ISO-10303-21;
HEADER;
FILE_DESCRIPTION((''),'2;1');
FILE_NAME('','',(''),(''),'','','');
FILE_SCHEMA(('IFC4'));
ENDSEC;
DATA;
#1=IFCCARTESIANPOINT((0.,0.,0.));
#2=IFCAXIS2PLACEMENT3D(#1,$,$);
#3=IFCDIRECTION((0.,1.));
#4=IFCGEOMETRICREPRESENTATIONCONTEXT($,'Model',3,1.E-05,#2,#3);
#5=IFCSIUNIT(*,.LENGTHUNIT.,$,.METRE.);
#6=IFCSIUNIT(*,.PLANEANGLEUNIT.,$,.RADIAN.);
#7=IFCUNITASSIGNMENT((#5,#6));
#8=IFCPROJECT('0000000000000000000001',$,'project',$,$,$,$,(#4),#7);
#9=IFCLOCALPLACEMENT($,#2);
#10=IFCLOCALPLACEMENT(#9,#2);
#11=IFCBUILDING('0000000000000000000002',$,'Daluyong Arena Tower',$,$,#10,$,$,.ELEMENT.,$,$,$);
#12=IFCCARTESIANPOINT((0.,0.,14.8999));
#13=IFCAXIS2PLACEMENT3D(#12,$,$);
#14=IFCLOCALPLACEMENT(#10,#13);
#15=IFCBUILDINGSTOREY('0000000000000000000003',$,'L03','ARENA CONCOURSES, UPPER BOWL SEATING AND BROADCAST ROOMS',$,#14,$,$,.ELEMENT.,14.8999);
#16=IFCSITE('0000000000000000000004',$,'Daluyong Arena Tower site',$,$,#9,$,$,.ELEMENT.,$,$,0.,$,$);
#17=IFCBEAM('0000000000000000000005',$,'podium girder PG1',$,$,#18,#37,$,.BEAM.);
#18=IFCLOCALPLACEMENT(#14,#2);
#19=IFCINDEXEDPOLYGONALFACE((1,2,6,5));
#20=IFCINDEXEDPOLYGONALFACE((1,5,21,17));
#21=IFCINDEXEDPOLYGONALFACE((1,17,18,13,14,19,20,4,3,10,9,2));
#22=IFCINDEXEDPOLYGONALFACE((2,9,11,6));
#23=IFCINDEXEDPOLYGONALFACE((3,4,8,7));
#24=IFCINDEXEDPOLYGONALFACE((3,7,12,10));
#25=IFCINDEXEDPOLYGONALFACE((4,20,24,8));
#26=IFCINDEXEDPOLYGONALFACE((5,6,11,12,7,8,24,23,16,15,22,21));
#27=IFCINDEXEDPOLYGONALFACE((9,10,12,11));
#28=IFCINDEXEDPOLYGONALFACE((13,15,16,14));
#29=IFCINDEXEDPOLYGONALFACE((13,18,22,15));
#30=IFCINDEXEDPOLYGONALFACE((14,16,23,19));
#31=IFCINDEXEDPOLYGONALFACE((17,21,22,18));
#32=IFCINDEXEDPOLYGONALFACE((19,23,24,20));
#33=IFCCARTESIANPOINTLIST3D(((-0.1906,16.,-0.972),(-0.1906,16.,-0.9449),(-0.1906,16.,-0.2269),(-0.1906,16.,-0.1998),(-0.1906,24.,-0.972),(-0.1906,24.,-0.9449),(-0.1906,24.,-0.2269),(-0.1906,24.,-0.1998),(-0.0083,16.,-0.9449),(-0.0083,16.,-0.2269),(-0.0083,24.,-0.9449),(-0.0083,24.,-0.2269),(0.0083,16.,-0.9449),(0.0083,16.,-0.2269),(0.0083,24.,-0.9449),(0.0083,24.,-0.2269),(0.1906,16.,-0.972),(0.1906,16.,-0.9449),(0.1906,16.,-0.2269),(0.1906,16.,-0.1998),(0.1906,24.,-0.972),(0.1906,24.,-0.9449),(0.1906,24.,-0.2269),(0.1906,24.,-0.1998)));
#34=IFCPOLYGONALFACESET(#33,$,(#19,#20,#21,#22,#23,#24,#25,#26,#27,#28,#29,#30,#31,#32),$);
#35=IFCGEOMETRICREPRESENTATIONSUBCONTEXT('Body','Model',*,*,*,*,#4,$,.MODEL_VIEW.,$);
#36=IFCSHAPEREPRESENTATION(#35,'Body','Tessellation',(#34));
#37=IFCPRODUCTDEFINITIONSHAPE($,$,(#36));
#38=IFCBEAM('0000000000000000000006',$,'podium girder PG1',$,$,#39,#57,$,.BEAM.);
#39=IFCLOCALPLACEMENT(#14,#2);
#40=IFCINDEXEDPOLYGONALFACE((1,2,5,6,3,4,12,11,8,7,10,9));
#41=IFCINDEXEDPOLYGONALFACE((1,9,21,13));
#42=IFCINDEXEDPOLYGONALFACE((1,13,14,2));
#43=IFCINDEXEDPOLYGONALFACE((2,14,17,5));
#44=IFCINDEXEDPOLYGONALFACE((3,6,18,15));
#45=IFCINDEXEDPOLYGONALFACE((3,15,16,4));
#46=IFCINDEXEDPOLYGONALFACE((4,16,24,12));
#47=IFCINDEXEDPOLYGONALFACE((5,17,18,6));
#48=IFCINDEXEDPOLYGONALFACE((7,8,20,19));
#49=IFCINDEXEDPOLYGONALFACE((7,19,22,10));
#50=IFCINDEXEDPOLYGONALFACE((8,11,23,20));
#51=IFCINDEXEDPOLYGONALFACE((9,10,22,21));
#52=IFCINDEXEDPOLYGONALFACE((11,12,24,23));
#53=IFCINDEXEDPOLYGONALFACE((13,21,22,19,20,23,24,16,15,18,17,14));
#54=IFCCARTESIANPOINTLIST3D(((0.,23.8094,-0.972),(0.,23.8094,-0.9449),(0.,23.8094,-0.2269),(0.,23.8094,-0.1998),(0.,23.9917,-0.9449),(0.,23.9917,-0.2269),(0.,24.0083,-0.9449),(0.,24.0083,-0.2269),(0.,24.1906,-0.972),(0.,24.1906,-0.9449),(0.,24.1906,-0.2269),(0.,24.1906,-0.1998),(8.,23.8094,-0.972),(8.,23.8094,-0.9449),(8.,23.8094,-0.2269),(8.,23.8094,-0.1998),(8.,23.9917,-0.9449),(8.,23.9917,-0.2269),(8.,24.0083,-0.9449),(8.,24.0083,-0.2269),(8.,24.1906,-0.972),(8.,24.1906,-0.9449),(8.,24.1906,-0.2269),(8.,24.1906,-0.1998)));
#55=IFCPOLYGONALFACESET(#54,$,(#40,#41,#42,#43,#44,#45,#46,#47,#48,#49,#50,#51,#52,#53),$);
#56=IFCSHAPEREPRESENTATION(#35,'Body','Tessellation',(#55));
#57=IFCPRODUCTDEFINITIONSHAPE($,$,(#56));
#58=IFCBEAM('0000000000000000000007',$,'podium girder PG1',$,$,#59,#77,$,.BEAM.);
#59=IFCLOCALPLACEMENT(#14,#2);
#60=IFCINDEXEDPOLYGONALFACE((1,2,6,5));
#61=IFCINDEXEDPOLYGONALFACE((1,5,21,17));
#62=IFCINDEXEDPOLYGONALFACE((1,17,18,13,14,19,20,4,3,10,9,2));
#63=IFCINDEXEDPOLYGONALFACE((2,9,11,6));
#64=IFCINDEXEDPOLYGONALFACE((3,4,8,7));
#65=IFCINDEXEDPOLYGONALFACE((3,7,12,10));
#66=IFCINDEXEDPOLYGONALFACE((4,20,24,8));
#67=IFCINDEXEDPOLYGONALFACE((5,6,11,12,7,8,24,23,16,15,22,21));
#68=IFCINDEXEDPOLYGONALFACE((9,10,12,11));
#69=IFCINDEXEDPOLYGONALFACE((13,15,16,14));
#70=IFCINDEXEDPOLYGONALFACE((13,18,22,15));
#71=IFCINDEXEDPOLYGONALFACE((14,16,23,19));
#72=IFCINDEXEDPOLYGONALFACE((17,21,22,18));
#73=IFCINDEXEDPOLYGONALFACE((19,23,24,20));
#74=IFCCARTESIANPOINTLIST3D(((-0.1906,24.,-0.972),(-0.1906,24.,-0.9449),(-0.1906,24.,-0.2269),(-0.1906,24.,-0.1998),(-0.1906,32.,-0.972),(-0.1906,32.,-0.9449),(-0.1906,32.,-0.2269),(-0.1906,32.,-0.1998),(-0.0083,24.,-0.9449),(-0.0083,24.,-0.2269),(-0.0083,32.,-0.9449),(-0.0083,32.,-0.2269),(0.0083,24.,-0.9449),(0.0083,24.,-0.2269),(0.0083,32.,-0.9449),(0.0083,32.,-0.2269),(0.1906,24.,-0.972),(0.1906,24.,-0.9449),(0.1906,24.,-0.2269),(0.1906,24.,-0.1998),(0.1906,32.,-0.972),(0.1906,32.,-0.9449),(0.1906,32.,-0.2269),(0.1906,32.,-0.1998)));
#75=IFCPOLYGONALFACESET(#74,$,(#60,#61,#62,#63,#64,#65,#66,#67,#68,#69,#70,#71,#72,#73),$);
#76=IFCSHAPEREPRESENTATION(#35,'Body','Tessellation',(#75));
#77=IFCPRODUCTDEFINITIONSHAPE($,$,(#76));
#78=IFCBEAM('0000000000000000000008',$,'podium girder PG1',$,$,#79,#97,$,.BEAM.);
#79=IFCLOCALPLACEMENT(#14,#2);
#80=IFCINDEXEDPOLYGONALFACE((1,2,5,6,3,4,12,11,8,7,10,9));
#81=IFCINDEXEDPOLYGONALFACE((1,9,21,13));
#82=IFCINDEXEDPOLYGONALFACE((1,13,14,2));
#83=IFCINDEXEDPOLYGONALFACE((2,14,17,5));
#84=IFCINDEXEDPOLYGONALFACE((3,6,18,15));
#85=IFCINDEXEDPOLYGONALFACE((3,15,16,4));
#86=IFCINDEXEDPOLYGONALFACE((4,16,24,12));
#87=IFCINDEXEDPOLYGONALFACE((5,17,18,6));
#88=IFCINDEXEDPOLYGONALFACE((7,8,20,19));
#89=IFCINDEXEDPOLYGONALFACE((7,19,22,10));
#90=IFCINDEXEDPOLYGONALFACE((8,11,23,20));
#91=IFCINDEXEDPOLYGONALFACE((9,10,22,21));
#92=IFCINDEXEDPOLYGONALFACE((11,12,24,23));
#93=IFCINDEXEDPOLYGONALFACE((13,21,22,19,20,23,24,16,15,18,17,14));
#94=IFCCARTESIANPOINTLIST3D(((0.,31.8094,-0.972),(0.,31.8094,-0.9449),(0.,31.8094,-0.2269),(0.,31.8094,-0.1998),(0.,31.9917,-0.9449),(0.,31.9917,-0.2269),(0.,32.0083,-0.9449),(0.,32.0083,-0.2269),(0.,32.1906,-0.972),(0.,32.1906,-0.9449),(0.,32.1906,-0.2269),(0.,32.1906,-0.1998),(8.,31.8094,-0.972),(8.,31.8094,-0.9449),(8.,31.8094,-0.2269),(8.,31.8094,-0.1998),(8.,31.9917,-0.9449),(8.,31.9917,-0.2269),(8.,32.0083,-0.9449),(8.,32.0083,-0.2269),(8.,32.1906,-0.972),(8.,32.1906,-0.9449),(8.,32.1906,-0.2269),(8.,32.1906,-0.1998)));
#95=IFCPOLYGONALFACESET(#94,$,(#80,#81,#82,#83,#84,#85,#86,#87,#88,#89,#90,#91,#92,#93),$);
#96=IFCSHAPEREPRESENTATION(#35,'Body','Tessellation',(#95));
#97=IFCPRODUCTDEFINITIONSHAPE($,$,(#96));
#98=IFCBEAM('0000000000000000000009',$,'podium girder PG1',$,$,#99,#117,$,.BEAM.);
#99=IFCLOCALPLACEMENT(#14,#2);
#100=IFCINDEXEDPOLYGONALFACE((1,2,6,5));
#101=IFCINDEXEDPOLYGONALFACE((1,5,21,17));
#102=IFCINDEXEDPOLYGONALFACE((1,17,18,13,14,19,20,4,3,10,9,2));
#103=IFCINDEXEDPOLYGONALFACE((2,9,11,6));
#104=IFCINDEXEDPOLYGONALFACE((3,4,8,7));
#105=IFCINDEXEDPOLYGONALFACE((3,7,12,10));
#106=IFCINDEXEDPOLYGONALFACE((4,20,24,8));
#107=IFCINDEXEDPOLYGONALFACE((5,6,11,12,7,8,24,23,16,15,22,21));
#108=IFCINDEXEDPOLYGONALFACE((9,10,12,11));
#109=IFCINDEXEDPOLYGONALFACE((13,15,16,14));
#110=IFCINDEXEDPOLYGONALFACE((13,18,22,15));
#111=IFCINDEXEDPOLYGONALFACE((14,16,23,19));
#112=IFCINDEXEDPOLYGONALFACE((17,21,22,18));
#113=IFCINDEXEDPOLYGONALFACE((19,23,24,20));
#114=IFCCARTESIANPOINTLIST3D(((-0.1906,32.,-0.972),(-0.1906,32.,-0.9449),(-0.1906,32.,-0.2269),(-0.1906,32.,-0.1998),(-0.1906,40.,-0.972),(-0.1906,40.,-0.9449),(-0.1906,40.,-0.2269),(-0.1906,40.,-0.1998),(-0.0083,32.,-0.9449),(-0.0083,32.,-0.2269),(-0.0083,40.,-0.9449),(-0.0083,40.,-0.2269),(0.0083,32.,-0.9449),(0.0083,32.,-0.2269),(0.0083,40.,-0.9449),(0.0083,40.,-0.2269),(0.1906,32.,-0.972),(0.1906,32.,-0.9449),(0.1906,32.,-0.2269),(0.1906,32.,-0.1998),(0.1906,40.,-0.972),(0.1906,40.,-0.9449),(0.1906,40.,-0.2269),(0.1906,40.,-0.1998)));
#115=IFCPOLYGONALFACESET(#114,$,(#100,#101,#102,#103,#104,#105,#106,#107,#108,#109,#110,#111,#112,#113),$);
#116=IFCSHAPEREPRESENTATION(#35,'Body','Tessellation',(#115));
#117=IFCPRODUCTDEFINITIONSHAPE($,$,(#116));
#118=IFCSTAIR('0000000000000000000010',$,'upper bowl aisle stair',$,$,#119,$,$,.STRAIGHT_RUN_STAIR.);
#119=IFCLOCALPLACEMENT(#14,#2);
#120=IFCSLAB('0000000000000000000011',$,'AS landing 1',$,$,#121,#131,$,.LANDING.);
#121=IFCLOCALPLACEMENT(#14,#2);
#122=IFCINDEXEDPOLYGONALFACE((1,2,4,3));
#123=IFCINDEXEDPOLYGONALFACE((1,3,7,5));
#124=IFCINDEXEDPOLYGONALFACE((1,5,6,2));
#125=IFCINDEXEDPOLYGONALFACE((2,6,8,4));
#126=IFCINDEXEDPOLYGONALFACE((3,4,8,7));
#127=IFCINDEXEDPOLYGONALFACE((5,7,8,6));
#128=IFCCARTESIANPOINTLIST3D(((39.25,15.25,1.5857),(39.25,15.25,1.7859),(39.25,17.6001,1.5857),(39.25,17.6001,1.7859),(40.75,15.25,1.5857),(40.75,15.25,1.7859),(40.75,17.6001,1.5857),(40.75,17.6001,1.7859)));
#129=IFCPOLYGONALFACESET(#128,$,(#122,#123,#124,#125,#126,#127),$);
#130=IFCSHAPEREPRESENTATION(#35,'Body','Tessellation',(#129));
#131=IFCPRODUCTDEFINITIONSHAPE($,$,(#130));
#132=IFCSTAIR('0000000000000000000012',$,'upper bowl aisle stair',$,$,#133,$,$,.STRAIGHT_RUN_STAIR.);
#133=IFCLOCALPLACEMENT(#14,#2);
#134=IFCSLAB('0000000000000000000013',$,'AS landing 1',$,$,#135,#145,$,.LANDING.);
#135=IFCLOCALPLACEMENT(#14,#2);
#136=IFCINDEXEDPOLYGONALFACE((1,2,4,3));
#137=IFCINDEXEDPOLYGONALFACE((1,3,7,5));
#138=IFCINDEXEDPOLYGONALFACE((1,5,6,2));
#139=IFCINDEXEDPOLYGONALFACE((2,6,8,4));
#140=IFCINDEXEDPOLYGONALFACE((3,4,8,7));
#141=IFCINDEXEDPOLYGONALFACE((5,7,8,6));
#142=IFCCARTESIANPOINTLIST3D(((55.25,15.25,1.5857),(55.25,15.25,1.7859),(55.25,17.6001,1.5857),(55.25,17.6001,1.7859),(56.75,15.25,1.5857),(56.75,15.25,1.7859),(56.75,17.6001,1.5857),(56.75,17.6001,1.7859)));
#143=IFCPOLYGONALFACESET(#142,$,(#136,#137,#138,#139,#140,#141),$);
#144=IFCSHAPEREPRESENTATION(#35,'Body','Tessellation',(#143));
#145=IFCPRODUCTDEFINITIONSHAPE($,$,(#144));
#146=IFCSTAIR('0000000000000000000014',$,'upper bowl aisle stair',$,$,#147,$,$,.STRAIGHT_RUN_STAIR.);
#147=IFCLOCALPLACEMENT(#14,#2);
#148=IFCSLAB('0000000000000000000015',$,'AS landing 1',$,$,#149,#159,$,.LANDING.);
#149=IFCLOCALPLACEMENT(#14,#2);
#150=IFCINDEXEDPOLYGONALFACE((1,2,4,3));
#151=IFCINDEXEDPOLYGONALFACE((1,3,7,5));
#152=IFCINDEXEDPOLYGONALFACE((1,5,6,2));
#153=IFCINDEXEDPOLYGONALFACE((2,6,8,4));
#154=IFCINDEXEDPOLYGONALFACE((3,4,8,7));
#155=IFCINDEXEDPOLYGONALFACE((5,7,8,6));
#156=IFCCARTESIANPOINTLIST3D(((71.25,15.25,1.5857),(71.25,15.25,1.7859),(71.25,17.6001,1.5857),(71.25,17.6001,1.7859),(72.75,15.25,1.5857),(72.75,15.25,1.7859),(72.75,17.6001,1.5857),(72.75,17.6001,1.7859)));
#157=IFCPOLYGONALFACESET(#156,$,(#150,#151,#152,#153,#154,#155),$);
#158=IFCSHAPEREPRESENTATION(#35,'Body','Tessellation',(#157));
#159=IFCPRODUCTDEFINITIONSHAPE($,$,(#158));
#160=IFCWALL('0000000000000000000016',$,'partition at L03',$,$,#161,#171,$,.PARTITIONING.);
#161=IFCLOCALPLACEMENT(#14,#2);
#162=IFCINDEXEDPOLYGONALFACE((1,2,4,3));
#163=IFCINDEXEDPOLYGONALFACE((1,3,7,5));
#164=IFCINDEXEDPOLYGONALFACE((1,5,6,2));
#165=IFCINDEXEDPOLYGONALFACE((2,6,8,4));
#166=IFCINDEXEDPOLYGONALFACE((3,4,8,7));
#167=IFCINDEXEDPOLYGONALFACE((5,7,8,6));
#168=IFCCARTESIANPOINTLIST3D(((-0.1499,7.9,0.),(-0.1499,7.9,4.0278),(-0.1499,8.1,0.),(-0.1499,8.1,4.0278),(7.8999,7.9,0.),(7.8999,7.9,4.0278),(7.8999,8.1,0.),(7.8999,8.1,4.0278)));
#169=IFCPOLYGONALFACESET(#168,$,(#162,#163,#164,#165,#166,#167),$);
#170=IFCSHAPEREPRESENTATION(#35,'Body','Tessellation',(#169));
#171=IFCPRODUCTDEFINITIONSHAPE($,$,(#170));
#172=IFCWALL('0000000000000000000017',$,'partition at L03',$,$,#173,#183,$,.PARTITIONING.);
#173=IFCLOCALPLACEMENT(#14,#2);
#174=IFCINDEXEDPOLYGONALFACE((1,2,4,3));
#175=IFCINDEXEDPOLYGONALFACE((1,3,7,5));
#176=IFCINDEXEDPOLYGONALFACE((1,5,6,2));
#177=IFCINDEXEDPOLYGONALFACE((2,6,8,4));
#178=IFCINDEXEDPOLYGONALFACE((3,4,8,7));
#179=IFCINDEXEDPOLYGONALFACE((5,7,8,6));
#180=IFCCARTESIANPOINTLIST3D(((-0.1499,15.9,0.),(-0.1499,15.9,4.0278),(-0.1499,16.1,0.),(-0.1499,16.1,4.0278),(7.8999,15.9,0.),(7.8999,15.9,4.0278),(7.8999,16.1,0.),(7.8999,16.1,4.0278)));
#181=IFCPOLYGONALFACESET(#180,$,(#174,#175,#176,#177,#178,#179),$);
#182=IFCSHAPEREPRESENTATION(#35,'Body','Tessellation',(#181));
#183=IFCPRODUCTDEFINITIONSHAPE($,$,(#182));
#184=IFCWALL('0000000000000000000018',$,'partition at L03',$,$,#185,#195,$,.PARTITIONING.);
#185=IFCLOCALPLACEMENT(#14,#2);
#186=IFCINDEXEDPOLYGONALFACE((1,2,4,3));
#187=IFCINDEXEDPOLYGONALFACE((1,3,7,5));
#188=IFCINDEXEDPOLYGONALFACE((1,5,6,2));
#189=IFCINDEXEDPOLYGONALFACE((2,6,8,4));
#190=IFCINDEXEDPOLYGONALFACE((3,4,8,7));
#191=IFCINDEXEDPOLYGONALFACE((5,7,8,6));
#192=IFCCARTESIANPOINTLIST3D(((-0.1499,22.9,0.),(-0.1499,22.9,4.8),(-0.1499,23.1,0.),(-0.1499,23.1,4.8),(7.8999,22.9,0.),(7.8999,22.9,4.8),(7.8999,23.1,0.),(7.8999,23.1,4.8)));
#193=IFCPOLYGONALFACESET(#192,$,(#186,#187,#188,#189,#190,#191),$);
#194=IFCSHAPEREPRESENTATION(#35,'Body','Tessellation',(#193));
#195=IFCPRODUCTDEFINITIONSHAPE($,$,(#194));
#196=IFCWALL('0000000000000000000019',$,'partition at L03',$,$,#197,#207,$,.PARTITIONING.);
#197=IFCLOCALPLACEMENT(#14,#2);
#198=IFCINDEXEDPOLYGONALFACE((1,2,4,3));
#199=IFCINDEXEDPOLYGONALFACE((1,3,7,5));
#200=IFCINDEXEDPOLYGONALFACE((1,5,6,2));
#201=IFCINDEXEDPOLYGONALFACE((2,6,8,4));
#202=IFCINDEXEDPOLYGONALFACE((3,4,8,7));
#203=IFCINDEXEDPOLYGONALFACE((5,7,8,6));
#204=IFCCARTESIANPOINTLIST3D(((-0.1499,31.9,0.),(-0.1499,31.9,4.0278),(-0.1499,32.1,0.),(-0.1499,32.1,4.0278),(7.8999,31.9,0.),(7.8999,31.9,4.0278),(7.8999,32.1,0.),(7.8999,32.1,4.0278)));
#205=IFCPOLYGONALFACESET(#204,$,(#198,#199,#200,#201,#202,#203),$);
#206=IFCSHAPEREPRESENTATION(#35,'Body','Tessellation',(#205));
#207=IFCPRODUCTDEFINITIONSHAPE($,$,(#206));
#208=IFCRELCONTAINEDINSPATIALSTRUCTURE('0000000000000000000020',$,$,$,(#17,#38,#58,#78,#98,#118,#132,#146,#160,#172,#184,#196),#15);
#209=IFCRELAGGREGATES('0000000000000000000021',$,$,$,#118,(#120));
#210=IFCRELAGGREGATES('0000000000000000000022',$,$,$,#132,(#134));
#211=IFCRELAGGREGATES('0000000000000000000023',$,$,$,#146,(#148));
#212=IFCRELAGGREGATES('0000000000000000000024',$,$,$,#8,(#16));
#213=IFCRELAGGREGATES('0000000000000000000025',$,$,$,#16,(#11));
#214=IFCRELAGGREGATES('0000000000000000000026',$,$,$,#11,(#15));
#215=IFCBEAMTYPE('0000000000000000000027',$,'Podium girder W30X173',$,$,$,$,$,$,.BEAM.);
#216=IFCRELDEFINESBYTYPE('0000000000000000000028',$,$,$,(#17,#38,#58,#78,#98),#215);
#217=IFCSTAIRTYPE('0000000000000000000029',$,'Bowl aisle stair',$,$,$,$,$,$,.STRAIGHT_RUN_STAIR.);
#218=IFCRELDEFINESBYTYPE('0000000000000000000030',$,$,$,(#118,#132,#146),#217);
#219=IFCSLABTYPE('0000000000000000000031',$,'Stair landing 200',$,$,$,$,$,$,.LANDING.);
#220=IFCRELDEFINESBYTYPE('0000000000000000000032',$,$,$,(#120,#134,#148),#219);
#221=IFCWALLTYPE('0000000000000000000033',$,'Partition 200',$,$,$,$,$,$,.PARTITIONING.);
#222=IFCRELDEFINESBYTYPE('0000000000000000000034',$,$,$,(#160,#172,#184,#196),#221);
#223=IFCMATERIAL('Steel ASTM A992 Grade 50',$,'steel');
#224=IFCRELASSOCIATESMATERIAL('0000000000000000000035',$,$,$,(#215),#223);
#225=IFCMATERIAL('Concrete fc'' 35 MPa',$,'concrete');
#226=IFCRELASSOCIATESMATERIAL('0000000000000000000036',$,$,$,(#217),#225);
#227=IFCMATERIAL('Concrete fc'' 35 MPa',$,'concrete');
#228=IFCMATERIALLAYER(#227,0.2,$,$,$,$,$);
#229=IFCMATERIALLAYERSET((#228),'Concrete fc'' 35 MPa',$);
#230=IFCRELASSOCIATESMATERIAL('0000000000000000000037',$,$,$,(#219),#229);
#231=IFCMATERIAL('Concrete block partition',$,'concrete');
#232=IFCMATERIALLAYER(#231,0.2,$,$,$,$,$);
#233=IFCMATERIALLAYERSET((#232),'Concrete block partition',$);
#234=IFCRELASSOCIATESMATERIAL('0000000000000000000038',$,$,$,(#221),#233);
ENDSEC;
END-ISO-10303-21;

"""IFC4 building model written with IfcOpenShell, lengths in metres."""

from ifc_helpers import new_model, si_unit, direction, frame, frame_2d, origin, origin_2d, place, context, subcontext, project, spatial, polyline, rectangle, i_section, outline, extrude, material, layer, layer_set, material_profile, profile_set, type_object, element, aggregate, save


model = new_model("IFC4")

# Units and contexts
model_context = context("Model", 3, precision=1e-05, world=origin(), true_north=direction((0.0, 1.0)))
body_context = subcontext(model_context, "Body", "Model", "MODEL_VIEW")
ifc_project = project(units=[si_unit("LENGTHUNIT", "METRE"), si_unit("PLANEANGLEUNIT", "RADIAN")], contexts=[model_context])

# Site, building, storey
site_placement = place(None, origin())
site = spatial("IfcSite", under=ifc_project, at=site_placement, Name="Daluyong Arena Tower site", CompositionType="ELEMENT", RefElevation=0.0)
building_placement = place(site_placement, origin())
building = spatial("IfcBuilding", under=site, at=building_placement, Name="Daluyong Arena Tower", CompositionType="ELEMENT")
storey_placement = place(building_placement, frame((0.0, 0.0, 14.8999)))
storey = spatial("IfcBuildingStorey", under=building, at=storey_placement, Name="L03", Description="ARENA CONCOURSES, UPPER BOWL SEATING AND BROADCAST ROOMS", CompositionType="ELEMENT", Elevation=14.8999)

# Beams
ifc_material_1 = material(Name="Steel ASTM A992 Grade 50", Category="steel")
ifc_material_profile_1 = material_profile(ifc_material_1, i_section(OverallWidth=0.3811, OverallDepth=0.7722, WebThickness=0.0166, FlangeThickness=0.0271, at=origin_2d()))
ifc_profile_set_1 = profile_set([ifc_material_profile_1], Name="Steel ASTM A992 Grade 50")
beam_type_1 = type_object("IfcBeamType", Name="Podium girder W30X173", PredefinedType="BEAM", material=ifc_profile_set_1)
for number, where, z_axis, x_axis, name in (
    (1, (0.0, 16.0, -0.5859), (0.0, 1.0, 0.0), (-1.0, 0.0, 0.0), "podium girder PG1"),
    (2, (0.0, 24.0, -0.5859), (1.0, 0.0, 0.0), (0.0, 1.0, 0.0), "podium girder PG1"),
    (3, (0.0, 24.0, -0.5859), (0.0, 1.0, 0.0), (-1.0, 0.0, 0.0), "podium girder PG1"),
    (4, (0.0, 32.0, -0.5859), (1.0, 0.0, 0.0), (0.0, 1.0, 0.0), "podium girder PG1"),
    (5, (0.0, 32.0, -0.5859), (0.0, 1.0, 0.0), (-1.0, 0.0, 0.0), "podium girder PG1"),
):
    element("IfcBeam", number, at=place(storey_placement, frame(where, z_axis=z_axis, x_axis=x_axis)), inside=storey, type_object=beam_type_1, Name=name, PredefinedType="BEAM", context=body_context, shape_type="SweptSolid", body=[
        extrude(i_section(OverallWidth=0.3811, OverallDepth=0.7722, WebThickness=0.0166, FlangeThickness=0.0271, at=origin_2d()), origin(), (0.0, 0.0, 1.0), 8.0),
    ])

# Stairs, slabs
ifc_material_2 = material(Name="Concrete fc' 35 MPa", Category="concrete")
stair_type = type_object("IfcStairType", Name="Bowl aisle stair", PredefinedType="STRAIGHT_RUN_STAIR", material=ifc_material_2)
stair_1_placement = place(storey_placement, origin())
stair_1 = element("IfcStair", 6, at=stair_1_placement, inside=storey, type_object=stair_type, Name="upper bowl aisle stair", PredefinedType="STRAIGHT_RUN_STAIR")
ifc_material_3 = material(Name="Concrete fc' 35 MPa", Category="concrete")
ifc_layer_1 = layer(ifc_material_3, 0.2)
ifc_layer_set_1 = layer_set([ifc_layer_1], Name="Concrete fc' 35 MPa")
slab_type = type_object("IfcSlabType", Name="Stair landing 200", PredefinedType="LANDING", material=ifc_layer_set_1)
slab_1_placement = place(storey_placement, frame((0.0, 0.0, 1.5857)))
slab_1 = element("IfcSlab", 7, at=slab_1_placement, type_object=slab_type, Name="AS landing 1", PredefinedType="LANDING", context=body_context, shape_type="SweptSolid", body=[
    extrude(outline(polyline([(39.25, 15.25), (40.75, 15.25), (40.75, 17.6001), (39.25, 17.6001), (39.25, 15.25)])), origin(), (0.0, 0.0, 1.0), 0.2002),
])
aggregate(stair_1, [slab_1])
stair_2_placement = place(storey_placement, origin())
stair_2 = element("IfcStair", 8, at=stair_2_placement, inside=storey, type_object=stair_type, Name="upper bowl aisle stair", PredefinedType="STRAIGHT_RUN_STAIR")
slab_2_placement = place(storey_placement, frame((0.0, 0.0, 1.5857)))
slab_2 = element("IfcSlab", 9, at=slab_2_placement, type_object=slab_type, Name="AS landing 1", PredefinedType="LANDING", context=body_context, shape_type="SweptSolid", body=[
    extrude(outline(polyline([(55.25, 15.25), (56.75, 15.25), (56.75, 17.6001), (55.25, 17.6001), (55.25, 15.25)])), origin(), (0.0, 0.0, 1.0), 0.2002),
])
aggregate(stair_2, [slab_2])
stair_3_placement = place(storey_placement, origin())
stair_3 = element("IfcStair", 10, at=stair_3_placement, inside=storey, type_object=stair_type, Name="upper bowl aisle stair", PredefinedType="STRAIGHT_RUN_STAIR")
slab_3_placement = place(storey_placement, frame((0.0, 0.0, 1.5857)))
slab_3 = element("IfcSlab", 11, at=slab_3_placement, type_object=slab_type, Name="AS landing 1", PredefinedType="LANDING", context=body_context, shape_type="SweptSolid", body=[
    extrude(outline(polyline([(71.25, 15.25), (72.75, 15.25), (72.75, 17.6001), (71.25, 17.6001), (71.25, 15.25)])), origin(), (0.0, 0.0, 1.0), 0.2002),
])
aggregate(stair_3, [slab_3])

# Walls
ifc_material_4 = material(Name="Concrete block partition", Category="concrete")
ifc_layer_2 = layer(ifc_material_4, 0.2)
ifc_layer_set_2 = layer_set([ifc_layer_2], Name="Concrete block partition")
wall_type = type_object("IfcWallType", Name="Partition 200", PredefinedType="PARTITIONING", material=ifc_layer_set_2)
for number, where, z_axis, x_axis, name in (
    (12, (-0.1499, 8.0, 0.0), (0.0, 0.0, 1.0), (1.0, 0.0, 0.0), "partition at L03"),
    (13, (-0.1499, 16.0, 0.0), (0.0, 0.0, 1.0), (1.0, 0.0, 0.0), "partition at L03"),
):
    element("IfcWall", number, at=place(storey_placement, frame(where, z_axis=z_axis, x_axis=x_axis)), inside=storey, type_object=wall_type, Name=name, PredefinedType="PARTITIONING", context=body_context, shape_type="SweptSolid", body=[
        extrude(rectangle(XDim=8.0498, YDim=0.2, at=frame_2d((4.0249, 0.0))), origin(), (0.0, 0.0, 1.0), 4.0278),
    ])
wall_1_placement = place(storey_placement, frame((-0.1499, 23.0, 0.0), z_axis=(0.0, 0.0, 1.0), x_axis=(1.0, 0.0, 0.0)))
element("IfcWall", 14, at=wall_1_placement, inside=storey, type_object=wall_type, Name="partition at L03", PredefinedType="PARTITIONING", context=body_context, shape_type="SweptSolid", body=[
    extrude(rectangle(XDim=8.0498, YDim=0.2, at=frame_2d((4.0249, 0.0))), origin(), (0.0, 0.0, 1.0), 4.8),
])
wall_2_placement = place(storey_placement, frame((-0.1499, 32.0, 0.0), z_axis=(0.0, 0.0, 1.0), x_axis=(1.0, 0.0, 0.0)))
element("IfcWall", 15, at=wall_2_placement, inside=storey, type_object=wall_type, Name="partition at L03", PredefinedType="PARTITIONING", context=body_context, shape_type="SweptSolid", body=[
    extrude(rectangle(XDim=8.0498, YDim=0.2, at=frame_2d((4.0249, 0.0))), origin(), (0.0, 0.0, 1.0), 4.0278),
])

save(model, "model.ifc")
